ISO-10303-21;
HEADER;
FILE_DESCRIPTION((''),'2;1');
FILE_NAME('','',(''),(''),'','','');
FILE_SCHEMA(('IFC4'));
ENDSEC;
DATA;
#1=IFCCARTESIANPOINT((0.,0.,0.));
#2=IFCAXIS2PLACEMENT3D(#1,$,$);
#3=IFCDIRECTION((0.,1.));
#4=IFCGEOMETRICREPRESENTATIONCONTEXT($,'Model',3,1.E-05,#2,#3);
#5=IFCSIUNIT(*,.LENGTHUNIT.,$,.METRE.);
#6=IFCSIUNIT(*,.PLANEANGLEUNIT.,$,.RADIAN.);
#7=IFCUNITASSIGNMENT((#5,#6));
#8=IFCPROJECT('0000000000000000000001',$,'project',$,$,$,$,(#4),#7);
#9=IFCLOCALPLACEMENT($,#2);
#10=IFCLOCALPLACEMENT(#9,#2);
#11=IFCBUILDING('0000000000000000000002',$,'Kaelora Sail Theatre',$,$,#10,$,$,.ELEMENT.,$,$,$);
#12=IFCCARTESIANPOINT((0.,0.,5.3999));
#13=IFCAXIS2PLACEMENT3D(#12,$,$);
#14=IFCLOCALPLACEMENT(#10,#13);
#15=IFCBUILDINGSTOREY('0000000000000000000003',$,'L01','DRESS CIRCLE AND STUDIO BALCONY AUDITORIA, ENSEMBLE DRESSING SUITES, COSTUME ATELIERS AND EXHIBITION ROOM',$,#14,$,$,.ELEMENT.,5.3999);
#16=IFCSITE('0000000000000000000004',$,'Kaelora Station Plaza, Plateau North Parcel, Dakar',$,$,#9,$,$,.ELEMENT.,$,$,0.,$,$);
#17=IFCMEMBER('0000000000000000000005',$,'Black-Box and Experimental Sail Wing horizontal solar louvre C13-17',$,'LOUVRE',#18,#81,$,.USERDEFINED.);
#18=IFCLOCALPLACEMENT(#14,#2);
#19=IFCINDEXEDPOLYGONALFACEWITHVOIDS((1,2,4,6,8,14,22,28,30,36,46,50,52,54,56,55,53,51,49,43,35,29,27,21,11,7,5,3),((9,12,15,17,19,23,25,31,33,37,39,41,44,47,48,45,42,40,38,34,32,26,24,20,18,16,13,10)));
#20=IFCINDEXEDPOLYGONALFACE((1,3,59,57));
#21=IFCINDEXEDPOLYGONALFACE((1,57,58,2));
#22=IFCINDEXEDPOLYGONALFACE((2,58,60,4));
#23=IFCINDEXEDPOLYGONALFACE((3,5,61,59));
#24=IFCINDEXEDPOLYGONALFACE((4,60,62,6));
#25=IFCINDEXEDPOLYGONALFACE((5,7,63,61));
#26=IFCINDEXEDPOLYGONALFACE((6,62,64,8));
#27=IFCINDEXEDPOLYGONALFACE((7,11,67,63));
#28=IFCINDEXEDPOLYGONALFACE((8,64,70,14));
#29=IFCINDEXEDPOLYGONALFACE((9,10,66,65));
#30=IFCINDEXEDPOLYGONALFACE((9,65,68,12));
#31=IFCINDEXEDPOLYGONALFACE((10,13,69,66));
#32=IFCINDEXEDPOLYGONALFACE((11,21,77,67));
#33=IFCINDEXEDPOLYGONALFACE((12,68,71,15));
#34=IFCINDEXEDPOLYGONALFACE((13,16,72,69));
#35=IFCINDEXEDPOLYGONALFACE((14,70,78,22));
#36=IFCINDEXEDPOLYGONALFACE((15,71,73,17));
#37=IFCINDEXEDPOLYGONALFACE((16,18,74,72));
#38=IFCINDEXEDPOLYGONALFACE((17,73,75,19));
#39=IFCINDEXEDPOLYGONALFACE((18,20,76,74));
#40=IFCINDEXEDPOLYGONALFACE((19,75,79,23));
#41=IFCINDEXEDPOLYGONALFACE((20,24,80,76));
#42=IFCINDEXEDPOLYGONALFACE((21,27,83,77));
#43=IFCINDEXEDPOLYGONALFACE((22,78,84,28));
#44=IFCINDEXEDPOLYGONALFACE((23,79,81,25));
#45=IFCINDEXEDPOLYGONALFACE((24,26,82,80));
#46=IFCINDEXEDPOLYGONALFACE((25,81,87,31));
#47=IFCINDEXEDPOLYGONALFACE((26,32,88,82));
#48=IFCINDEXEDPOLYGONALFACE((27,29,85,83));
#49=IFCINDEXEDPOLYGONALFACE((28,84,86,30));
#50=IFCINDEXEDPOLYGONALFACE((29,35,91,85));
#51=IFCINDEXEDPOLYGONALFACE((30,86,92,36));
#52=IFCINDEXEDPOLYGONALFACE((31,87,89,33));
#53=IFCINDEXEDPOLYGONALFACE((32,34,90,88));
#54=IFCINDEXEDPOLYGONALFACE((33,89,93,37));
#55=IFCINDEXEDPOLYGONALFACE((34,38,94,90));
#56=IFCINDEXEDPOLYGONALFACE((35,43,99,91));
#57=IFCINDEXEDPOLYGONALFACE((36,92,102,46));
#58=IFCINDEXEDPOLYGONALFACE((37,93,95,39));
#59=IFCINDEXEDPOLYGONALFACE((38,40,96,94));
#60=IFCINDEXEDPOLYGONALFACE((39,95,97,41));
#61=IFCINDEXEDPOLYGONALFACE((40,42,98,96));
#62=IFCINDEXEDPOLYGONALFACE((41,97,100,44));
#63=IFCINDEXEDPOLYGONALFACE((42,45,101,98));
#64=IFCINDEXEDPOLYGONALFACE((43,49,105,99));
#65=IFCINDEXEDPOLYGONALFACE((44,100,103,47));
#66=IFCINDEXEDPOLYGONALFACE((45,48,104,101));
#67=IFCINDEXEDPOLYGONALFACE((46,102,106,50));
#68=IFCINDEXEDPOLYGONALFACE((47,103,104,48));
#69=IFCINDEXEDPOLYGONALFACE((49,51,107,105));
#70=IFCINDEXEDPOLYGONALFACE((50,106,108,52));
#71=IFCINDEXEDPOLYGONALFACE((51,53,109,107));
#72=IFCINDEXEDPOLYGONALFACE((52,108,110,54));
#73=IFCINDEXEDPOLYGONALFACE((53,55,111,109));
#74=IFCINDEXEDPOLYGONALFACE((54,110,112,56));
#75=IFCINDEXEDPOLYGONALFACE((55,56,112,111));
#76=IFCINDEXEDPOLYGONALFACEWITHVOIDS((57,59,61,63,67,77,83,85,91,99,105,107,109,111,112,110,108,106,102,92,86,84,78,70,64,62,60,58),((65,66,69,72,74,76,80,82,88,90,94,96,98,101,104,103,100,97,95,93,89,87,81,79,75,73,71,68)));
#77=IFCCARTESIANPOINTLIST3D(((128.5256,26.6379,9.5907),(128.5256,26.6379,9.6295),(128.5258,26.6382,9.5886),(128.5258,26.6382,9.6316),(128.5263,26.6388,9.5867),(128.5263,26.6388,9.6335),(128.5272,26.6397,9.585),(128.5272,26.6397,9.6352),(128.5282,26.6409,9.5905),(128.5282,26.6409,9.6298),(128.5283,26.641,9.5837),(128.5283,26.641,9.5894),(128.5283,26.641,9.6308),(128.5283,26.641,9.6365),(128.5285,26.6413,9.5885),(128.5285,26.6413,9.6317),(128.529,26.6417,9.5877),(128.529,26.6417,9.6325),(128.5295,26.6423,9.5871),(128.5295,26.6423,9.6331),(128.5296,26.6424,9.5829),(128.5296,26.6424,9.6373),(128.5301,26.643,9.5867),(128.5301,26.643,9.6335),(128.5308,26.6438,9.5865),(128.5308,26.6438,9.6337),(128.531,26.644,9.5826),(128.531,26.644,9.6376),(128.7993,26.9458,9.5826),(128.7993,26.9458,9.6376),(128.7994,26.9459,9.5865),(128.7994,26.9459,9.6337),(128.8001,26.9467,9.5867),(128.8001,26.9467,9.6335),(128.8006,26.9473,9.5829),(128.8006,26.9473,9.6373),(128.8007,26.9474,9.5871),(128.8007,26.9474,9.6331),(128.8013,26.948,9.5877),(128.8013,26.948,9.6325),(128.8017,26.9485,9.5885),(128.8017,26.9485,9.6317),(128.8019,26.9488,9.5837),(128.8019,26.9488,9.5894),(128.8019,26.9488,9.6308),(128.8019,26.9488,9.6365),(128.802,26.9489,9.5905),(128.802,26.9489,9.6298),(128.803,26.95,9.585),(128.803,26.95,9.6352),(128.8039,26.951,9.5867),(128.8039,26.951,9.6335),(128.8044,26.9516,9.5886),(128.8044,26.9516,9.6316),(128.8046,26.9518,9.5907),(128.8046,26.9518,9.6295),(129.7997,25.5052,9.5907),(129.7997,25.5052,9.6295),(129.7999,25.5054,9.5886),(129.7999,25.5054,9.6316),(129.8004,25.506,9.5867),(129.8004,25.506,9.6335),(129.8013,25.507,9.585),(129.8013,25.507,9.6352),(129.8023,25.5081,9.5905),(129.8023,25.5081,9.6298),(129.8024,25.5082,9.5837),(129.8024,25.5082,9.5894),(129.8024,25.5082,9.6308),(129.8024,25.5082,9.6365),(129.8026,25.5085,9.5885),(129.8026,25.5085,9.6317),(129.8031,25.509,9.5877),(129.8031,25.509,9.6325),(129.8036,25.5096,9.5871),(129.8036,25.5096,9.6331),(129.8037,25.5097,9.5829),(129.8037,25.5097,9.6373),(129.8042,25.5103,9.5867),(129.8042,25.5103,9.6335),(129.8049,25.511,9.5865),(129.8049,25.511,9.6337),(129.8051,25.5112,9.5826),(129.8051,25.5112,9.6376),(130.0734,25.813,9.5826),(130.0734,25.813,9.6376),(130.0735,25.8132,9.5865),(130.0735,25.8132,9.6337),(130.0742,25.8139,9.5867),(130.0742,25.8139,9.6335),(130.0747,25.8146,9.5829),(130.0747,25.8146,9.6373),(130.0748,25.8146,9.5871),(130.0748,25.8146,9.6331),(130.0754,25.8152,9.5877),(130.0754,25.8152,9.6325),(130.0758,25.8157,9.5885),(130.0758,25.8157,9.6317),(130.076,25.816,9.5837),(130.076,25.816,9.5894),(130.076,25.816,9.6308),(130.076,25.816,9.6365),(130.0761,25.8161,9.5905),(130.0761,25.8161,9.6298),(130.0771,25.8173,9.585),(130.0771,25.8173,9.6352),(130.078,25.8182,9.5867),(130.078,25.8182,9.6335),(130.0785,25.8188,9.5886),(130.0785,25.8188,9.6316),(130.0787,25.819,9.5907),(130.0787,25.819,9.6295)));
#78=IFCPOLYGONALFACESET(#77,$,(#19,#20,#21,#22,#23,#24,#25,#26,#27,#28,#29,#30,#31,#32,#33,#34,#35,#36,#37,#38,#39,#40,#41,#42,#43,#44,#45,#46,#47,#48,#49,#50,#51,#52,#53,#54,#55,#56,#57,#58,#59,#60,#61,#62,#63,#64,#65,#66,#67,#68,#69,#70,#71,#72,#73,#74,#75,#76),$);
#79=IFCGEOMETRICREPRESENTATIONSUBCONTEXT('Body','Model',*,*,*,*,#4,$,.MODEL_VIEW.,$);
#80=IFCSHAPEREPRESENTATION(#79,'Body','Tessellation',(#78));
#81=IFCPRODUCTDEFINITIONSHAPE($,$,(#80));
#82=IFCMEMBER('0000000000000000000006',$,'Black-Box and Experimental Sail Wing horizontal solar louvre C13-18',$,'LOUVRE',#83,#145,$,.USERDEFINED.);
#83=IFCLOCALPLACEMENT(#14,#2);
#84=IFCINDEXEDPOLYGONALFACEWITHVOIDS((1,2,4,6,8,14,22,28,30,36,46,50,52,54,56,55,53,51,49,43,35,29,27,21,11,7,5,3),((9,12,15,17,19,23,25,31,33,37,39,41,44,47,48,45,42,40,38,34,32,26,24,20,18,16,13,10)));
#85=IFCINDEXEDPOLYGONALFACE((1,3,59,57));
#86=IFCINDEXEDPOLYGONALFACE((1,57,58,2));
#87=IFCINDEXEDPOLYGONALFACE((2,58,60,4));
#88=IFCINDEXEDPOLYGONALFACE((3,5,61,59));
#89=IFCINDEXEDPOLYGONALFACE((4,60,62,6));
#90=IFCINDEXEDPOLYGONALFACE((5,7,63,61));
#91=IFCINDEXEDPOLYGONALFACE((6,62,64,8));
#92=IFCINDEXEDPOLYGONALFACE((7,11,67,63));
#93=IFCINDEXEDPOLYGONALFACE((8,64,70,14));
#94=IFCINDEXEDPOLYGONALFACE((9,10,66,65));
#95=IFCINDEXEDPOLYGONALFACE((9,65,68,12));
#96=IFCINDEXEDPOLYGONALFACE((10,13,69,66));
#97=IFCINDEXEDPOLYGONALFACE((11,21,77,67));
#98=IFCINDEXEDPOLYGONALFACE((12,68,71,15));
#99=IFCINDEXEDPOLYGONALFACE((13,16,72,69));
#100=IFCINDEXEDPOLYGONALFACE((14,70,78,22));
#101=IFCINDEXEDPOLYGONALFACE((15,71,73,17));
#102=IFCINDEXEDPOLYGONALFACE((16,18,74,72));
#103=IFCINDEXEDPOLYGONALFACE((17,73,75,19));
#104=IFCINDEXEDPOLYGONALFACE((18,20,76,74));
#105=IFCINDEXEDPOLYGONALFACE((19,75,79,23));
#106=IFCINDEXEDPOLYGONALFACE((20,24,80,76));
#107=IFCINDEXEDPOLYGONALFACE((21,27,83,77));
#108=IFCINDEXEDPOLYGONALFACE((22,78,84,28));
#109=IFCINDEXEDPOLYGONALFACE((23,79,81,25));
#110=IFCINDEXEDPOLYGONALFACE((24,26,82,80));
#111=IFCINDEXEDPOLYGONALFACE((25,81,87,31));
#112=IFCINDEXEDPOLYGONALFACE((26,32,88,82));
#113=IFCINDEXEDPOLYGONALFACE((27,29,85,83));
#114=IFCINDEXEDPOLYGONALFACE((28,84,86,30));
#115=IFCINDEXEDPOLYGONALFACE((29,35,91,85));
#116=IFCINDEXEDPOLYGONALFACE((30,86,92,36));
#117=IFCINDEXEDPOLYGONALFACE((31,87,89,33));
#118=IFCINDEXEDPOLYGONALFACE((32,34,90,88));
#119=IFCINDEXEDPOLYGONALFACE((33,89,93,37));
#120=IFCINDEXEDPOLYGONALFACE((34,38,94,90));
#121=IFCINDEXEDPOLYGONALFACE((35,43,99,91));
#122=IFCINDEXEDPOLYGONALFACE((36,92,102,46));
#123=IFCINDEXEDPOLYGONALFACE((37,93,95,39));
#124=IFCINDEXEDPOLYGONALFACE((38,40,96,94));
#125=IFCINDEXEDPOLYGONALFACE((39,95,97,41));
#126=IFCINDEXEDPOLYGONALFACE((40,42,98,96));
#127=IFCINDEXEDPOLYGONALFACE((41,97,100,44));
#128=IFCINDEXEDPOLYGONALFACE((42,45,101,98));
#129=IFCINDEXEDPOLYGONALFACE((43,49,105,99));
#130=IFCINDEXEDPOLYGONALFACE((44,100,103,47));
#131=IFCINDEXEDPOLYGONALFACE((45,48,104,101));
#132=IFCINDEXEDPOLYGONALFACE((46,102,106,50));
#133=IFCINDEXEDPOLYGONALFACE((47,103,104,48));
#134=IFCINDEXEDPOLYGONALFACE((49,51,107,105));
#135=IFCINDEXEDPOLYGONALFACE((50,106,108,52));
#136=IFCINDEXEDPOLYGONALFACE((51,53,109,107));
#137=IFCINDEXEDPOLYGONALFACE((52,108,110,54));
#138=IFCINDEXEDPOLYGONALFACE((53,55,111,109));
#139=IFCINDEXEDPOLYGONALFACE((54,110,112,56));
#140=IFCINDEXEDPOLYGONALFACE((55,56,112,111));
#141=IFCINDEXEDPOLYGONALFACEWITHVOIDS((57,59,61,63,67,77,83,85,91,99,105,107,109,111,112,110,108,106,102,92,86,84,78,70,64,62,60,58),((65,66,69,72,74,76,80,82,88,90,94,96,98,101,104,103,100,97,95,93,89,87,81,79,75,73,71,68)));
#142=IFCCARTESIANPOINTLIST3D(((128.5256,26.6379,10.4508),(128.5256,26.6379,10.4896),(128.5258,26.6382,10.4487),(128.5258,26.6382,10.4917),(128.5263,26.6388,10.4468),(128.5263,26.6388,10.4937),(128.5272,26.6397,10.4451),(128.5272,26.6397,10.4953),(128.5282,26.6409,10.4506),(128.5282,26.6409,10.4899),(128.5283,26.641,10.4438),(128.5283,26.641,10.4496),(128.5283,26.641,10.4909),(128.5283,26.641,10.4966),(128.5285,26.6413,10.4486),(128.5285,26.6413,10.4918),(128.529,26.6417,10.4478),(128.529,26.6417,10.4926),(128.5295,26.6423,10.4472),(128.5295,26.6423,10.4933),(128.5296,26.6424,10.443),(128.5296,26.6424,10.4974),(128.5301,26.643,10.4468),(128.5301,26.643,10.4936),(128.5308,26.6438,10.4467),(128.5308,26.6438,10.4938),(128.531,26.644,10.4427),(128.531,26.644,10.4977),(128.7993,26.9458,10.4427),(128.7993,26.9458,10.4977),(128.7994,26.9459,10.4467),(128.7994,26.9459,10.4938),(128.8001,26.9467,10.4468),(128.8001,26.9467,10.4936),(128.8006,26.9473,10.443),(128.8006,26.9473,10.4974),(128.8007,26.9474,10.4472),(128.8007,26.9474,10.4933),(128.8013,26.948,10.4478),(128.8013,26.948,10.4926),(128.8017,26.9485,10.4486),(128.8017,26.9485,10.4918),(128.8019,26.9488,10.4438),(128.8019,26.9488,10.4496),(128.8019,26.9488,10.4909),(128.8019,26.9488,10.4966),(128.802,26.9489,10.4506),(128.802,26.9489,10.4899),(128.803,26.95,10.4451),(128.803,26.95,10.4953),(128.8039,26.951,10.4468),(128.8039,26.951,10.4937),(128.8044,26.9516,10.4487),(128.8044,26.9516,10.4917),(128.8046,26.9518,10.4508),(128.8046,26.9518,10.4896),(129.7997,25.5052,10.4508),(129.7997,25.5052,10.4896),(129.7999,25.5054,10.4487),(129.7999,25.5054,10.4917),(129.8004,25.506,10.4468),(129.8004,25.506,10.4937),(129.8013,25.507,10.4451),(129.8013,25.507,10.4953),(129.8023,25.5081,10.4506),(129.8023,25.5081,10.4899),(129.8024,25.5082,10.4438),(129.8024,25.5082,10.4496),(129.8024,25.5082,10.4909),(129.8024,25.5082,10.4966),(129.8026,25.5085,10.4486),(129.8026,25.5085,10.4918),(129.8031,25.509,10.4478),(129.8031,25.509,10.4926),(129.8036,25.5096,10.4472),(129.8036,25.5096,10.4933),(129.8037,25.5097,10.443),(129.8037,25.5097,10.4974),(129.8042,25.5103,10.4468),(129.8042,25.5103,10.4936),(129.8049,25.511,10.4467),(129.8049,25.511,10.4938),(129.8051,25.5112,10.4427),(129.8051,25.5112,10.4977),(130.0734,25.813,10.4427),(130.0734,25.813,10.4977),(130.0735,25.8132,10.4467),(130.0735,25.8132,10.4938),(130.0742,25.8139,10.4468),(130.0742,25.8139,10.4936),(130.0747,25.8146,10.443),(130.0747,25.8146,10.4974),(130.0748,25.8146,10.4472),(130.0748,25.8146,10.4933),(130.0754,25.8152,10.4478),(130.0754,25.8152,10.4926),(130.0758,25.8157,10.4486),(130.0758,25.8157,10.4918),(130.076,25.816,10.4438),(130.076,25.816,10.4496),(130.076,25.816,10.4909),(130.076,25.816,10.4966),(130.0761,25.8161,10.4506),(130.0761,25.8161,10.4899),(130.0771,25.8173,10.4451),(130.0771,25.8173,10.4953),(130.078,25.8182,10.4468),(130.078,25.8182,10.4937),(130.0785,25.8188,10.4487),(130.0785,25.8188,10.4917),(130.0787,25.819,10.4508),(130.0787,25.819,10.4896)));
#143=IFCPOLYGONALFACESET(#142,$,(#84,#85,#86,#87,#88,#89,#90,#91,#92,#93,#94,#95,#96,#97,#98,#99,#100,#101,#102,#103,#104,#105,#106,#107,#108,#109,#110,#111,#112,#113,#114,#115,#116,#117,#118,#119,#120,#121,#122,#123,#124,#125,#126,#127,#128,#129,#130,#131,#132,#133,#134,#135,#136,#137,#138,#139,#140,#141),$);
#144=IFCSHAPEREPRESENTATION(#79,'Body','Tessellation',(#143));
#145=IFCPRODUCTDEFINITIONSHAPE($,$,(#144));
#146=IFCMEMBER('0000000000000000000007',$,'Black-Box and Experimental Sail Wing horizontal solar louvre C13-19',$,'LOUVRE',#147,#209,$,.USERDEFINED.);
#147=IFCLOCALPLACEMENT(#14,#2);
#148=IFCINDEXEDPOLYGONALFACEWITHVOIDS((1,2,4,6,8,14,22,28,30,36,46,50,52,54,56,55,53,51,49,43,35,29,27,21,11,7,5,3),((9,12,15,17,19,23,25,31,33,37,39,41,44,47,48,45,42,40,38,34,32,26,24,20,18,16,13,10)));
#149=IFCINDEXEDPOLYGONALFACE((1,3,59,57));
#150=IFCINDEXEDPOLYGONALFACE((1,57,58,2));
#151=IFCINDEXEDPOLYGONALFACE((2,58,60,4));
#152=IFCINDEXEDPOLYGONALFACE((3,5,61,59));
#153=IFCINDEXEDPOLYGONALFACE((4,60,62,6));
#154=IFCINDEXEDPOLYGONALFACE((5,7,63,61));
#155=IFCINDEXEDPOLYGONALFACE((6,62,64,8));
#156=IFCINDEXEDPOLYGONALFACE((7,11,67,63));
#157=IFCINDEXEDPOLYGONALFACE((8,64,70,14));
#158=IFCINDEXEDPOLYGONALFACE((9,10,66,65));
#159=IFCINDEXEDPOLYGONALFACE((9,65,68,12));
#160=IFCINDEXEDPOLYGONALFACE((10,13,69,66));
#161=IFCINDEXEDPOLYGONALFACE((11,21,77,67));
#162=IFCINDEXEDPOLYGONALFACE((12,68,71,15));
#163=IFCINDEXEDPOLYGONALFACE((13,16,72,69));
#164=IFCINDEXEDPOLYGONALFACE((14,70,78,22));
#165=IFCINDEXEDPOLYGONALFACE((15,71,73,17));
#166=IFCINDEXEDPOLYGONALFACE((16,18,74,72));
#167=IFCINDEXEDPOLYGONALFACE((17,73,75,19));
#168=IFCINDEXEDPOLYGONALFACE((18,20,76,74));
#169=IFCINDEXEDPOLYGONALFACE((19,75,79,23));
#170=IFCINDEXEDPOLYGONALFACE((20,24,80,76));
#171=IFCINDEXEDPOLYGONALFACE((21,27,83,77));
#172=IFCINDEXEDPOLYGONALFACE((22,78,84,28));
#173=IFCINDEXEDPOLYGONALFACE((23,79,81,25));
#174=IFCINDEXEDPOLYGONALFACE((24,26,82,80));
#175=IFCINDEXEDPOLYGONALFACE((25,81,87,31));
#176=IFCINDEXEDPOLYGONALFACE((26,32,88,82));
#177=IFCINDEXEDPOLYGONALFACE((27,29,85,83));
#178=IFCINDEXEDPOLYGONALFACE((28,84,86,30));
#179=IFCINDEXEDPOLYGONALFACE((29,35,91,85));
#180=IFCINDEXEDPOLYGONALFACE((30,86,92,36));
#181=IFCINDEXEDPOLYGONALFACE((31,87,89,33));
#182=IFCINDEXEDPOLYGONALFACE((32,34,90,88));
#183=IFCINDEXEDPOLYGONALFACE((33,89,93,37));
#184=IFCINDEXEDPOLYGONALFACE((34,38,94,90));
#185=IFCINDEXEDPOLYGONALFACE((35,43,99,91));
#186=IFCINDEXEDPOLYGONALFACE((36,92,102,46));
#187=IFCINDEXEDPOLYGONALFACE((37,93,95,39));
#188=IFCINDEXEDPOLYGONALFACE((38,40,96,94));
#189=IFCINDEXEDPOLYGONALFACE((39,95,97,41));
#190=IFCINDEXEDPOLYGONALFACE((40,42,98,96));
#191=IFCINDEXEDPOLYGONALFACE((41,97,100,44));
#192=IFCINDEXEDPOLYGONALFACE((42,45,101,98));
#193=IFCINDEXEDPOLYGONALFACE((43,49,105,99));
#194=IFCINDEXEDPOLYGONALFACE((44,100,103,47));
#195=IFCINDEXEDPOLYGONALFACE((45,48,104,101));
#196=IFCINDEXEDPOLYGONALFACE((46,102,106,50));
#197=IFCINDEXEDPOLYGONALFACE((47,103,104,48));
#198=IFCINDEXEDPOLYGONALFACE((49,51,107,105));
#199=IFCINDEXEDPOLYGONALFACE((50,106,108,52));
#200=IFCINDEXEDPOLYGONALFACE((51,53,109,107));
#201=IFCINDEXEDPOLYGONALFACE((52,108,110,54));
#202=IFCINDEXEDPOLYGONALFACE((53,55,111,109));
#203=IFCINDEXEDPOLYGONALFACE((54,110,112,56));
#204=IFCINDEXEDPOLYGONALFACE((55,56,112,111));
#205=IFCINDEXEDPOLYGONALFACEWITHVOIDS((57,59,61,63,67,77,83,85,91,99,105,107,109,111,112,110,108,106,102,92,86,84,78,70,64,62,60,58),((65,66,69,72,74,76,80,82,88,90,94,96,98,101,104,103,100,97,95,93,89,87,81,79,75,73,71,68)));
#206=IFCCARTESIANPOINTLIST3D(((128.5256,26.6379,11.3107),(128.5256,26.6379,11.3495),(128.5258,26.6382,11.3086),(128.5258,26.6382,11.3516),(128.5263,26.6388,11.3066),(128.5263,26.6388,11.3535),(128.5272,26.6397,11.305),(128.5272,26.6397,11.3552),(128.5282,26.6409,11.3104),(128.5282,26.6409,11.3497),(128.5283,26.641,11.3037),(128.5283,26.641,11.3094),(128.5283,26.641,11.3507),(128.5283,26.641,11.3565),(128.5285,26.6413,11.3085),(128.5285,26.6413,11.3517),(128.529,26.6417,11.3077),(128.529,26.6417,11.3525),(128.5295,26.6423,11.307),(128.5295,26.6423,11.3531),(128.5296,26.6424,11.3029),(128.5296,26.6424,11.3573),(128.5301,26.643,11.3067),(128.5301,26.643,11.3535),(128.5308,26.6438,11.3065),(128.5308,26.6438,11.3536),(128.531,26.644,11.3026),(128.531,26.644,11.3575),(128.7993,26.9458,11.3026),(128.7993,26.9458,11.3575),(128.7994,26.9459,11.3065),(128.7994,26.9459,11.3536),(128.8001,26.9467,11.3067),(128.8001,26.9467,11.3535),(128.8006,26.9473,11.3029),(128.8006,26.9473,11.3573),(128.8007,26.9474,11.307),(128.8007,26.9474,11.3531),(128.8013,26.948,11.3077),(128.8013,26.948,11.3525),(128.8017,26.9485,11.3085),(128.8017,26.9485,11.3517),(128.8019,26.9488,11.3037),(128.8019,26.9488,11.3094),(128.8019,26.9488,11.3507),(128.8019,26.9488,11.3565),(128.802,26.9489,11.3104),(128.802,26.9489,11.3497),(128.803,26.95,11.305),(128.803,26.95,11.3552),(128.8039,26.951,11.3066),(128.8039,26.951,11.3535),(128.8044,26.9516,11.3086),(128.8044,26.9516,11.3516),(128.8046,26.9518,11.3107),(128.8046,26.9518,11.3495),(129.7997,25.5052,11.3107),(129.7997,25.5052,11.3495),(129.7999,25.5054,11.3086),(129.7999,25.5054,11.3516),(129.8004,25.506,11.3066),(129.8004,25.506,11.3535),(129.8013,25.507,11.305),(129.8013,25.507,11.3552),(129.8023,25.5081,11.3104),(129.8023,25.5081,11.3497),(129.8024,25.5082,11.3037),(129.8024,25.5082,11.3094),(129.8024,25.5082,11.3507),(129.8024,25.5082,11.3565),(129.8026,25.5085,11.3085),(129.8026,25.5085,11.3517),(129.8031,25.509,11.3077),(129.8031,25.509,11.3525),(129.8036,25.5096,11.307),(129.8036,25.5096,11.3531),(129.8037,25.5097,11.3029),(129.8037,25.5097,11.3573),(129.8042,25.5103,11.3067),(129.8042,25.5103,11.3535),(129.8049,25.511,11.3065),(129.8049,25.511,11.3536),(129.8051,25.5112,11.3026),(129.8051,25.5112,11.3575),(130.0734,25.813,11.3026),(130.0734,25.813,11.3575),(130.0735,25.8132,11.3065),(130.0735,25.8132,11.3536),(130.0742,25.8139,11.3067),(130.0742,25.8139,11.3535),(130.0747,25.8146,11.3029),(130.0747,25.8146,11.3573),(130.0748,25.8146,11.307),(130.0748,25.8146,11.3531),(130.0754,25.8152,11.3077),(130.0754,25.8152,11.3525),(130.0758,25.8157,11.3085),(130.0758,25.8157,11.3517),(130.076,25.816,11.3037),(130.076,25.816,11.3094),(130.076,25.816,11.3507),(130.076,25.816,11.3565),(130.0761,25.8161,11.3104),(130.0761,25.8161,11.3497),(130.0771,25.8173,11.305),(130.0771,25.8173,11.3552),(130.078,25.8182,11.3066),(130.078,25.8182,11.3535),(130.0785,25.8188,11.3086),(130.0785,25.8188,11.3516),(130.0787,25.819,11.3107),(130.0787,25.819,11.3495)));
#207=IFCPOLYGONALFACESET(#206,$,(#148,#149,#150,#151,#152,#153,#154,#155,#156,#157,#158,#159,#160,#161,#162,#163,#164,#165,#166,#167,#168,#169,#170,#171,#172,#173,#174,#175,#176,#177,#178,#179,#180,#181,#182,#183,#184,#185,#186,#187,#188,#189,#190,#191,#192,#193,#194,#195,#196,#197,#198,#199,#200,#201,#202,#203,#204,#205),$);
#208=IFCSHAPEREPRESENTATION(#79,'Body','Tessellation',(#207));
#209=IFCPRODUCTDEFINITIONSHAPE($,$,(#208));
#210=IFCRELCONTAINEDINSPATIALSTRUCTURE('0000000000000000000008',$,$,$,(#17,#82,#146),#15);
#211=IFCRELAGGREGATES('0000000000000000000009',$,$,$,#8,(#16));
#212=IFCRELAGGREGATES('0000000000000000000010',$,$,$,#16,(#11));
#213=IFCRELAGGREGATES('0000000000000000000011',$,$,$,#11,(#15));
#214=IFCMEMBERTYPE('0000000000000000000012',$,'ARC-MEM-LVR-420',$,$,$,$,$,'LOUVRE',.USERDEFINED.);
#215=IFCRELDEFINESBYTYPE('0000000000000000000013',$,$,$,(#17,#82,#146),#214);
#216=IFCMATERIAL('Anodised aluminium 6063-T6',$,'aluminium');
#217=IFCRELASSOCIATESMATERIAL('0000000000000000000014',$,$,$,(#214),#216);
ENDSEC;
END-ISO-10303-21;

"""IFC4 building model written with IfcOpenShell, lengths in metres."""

from ifc_helpers import new_model, si_unit, direction, frame, origin, origin_2d, place, context, subcontext, project, spatial, hollow_rectangle, extrude, material, material_profile, profile_set, type_object, element, save


model = new_model("IFC4")

# Units and contexts
model_context = context("Model", 3, precision=1e-05, world=origin(), true_north=direction((0.0, 1.0)))
body_context = subcontext(model_context, "Body", "Model", "MODEL_VIEW")
ifc_project = project(units=[si_unit("LENGTHUNIT", "METRE"), si_unit("PLANEANGLEUNIT", "RADIAN")], contexts=[model_context])

# Site, building, storey
site_placement = place(None, origin())
site = spatial("IfcSite", under=ifc_project, at=site_placement, Name="Kaelora Station Plaza, Plateau North Parcel, Dakar", CompositionType="ELEMENT", RefElevation=0.0)
building_placement = place(site_placement, origin())
building = spatial("IfcBuilding", under=site, at=building_placement, Name="Kaelora Sail Theatre", CompositionType="ELEMENT")
storey_placement = place(building_placement, frame((0.0, 0.0, 5.3999)))
storey = spatial("IfcBuildingStorey", under=building, at=storey_placement, Name="L01", Description="DRESS CIRCLE AND STUDIO BALCONY AUDITORIA, ENSEMBLE DRESSING SUITES, COSTUME ATELIERS AND EXHIBITION ROOM", CompositionType="ELEMENT", Elevation=5.3999)

# Members
ifc_material = material(Name="Anodised aluminium 6063-T6", Category="aluminium")
ifc_material_profile = material_profile(ifc_material, hollow_rectangle(XDim=0.4199, YDim=0.0549, WallThickness=0.0039, InnerFilletRadius=0.0039, OuterFilletRadius=0.0081, at=origin_2d()), Name="LOUVRE 420x55x4")
ifc_profile_set = profile_set([ifc_material_profile], Name="Anodised aluminium 6063-T6")
member_type = type_object("IfcMemberType", Name="ARC-MEM-LVR-420", ElementType="LOUVRE", PredefinedType="USERDEFINED", material=ifc_profile_set)
for number, where, z_axis, x_axis, name in (
    (1, (129.9392, 25.6621, 9.6101), (-0.747346, 0.664435, 0.0), (-0.664435, -0.747346, 0.0), "Black-Box and Experimental Sail Wing horizontal solar louvre C13-17"),
    (2, (129.9392, 25.6621, 10.4702), (-0.747346, 0.664435, 0.0), (-0.664435, -0.747346, 0.0), "Black-Box and Experimental Sail Wing horizontal solar louvre C13-18"),
    (3, (129.9392, 25.6621, 11.3301), (-0.747346, 0.664435, 0.0), (-0.664435, -0.747346, 0.0), "Black-Box and Experimental Sail Wing horizontal solar louvre C13-19"),
):
    element("IfcMember", number, at=place(storey_placement, frame(where, z_axis=z_axis, x_axis=x_axis)), inside=storey, type_object=member_type, Name=name, ObjectType="LOUVRE", PredefinedType="USERDEFINED", context=body_context, shape_type="SweptSolid", body=[
        extrude(hollow_rectangle(XDim=0.4199, YDim=0.0549, WallThickness=0.0039, InnerFilletRadius=0.0039, OuterFilletRadius=0.0081, at=origin_2d()), origin(), (0.0, 0.0, 1.0), 1.7048),
    ])

save(model, "model.ifc")
